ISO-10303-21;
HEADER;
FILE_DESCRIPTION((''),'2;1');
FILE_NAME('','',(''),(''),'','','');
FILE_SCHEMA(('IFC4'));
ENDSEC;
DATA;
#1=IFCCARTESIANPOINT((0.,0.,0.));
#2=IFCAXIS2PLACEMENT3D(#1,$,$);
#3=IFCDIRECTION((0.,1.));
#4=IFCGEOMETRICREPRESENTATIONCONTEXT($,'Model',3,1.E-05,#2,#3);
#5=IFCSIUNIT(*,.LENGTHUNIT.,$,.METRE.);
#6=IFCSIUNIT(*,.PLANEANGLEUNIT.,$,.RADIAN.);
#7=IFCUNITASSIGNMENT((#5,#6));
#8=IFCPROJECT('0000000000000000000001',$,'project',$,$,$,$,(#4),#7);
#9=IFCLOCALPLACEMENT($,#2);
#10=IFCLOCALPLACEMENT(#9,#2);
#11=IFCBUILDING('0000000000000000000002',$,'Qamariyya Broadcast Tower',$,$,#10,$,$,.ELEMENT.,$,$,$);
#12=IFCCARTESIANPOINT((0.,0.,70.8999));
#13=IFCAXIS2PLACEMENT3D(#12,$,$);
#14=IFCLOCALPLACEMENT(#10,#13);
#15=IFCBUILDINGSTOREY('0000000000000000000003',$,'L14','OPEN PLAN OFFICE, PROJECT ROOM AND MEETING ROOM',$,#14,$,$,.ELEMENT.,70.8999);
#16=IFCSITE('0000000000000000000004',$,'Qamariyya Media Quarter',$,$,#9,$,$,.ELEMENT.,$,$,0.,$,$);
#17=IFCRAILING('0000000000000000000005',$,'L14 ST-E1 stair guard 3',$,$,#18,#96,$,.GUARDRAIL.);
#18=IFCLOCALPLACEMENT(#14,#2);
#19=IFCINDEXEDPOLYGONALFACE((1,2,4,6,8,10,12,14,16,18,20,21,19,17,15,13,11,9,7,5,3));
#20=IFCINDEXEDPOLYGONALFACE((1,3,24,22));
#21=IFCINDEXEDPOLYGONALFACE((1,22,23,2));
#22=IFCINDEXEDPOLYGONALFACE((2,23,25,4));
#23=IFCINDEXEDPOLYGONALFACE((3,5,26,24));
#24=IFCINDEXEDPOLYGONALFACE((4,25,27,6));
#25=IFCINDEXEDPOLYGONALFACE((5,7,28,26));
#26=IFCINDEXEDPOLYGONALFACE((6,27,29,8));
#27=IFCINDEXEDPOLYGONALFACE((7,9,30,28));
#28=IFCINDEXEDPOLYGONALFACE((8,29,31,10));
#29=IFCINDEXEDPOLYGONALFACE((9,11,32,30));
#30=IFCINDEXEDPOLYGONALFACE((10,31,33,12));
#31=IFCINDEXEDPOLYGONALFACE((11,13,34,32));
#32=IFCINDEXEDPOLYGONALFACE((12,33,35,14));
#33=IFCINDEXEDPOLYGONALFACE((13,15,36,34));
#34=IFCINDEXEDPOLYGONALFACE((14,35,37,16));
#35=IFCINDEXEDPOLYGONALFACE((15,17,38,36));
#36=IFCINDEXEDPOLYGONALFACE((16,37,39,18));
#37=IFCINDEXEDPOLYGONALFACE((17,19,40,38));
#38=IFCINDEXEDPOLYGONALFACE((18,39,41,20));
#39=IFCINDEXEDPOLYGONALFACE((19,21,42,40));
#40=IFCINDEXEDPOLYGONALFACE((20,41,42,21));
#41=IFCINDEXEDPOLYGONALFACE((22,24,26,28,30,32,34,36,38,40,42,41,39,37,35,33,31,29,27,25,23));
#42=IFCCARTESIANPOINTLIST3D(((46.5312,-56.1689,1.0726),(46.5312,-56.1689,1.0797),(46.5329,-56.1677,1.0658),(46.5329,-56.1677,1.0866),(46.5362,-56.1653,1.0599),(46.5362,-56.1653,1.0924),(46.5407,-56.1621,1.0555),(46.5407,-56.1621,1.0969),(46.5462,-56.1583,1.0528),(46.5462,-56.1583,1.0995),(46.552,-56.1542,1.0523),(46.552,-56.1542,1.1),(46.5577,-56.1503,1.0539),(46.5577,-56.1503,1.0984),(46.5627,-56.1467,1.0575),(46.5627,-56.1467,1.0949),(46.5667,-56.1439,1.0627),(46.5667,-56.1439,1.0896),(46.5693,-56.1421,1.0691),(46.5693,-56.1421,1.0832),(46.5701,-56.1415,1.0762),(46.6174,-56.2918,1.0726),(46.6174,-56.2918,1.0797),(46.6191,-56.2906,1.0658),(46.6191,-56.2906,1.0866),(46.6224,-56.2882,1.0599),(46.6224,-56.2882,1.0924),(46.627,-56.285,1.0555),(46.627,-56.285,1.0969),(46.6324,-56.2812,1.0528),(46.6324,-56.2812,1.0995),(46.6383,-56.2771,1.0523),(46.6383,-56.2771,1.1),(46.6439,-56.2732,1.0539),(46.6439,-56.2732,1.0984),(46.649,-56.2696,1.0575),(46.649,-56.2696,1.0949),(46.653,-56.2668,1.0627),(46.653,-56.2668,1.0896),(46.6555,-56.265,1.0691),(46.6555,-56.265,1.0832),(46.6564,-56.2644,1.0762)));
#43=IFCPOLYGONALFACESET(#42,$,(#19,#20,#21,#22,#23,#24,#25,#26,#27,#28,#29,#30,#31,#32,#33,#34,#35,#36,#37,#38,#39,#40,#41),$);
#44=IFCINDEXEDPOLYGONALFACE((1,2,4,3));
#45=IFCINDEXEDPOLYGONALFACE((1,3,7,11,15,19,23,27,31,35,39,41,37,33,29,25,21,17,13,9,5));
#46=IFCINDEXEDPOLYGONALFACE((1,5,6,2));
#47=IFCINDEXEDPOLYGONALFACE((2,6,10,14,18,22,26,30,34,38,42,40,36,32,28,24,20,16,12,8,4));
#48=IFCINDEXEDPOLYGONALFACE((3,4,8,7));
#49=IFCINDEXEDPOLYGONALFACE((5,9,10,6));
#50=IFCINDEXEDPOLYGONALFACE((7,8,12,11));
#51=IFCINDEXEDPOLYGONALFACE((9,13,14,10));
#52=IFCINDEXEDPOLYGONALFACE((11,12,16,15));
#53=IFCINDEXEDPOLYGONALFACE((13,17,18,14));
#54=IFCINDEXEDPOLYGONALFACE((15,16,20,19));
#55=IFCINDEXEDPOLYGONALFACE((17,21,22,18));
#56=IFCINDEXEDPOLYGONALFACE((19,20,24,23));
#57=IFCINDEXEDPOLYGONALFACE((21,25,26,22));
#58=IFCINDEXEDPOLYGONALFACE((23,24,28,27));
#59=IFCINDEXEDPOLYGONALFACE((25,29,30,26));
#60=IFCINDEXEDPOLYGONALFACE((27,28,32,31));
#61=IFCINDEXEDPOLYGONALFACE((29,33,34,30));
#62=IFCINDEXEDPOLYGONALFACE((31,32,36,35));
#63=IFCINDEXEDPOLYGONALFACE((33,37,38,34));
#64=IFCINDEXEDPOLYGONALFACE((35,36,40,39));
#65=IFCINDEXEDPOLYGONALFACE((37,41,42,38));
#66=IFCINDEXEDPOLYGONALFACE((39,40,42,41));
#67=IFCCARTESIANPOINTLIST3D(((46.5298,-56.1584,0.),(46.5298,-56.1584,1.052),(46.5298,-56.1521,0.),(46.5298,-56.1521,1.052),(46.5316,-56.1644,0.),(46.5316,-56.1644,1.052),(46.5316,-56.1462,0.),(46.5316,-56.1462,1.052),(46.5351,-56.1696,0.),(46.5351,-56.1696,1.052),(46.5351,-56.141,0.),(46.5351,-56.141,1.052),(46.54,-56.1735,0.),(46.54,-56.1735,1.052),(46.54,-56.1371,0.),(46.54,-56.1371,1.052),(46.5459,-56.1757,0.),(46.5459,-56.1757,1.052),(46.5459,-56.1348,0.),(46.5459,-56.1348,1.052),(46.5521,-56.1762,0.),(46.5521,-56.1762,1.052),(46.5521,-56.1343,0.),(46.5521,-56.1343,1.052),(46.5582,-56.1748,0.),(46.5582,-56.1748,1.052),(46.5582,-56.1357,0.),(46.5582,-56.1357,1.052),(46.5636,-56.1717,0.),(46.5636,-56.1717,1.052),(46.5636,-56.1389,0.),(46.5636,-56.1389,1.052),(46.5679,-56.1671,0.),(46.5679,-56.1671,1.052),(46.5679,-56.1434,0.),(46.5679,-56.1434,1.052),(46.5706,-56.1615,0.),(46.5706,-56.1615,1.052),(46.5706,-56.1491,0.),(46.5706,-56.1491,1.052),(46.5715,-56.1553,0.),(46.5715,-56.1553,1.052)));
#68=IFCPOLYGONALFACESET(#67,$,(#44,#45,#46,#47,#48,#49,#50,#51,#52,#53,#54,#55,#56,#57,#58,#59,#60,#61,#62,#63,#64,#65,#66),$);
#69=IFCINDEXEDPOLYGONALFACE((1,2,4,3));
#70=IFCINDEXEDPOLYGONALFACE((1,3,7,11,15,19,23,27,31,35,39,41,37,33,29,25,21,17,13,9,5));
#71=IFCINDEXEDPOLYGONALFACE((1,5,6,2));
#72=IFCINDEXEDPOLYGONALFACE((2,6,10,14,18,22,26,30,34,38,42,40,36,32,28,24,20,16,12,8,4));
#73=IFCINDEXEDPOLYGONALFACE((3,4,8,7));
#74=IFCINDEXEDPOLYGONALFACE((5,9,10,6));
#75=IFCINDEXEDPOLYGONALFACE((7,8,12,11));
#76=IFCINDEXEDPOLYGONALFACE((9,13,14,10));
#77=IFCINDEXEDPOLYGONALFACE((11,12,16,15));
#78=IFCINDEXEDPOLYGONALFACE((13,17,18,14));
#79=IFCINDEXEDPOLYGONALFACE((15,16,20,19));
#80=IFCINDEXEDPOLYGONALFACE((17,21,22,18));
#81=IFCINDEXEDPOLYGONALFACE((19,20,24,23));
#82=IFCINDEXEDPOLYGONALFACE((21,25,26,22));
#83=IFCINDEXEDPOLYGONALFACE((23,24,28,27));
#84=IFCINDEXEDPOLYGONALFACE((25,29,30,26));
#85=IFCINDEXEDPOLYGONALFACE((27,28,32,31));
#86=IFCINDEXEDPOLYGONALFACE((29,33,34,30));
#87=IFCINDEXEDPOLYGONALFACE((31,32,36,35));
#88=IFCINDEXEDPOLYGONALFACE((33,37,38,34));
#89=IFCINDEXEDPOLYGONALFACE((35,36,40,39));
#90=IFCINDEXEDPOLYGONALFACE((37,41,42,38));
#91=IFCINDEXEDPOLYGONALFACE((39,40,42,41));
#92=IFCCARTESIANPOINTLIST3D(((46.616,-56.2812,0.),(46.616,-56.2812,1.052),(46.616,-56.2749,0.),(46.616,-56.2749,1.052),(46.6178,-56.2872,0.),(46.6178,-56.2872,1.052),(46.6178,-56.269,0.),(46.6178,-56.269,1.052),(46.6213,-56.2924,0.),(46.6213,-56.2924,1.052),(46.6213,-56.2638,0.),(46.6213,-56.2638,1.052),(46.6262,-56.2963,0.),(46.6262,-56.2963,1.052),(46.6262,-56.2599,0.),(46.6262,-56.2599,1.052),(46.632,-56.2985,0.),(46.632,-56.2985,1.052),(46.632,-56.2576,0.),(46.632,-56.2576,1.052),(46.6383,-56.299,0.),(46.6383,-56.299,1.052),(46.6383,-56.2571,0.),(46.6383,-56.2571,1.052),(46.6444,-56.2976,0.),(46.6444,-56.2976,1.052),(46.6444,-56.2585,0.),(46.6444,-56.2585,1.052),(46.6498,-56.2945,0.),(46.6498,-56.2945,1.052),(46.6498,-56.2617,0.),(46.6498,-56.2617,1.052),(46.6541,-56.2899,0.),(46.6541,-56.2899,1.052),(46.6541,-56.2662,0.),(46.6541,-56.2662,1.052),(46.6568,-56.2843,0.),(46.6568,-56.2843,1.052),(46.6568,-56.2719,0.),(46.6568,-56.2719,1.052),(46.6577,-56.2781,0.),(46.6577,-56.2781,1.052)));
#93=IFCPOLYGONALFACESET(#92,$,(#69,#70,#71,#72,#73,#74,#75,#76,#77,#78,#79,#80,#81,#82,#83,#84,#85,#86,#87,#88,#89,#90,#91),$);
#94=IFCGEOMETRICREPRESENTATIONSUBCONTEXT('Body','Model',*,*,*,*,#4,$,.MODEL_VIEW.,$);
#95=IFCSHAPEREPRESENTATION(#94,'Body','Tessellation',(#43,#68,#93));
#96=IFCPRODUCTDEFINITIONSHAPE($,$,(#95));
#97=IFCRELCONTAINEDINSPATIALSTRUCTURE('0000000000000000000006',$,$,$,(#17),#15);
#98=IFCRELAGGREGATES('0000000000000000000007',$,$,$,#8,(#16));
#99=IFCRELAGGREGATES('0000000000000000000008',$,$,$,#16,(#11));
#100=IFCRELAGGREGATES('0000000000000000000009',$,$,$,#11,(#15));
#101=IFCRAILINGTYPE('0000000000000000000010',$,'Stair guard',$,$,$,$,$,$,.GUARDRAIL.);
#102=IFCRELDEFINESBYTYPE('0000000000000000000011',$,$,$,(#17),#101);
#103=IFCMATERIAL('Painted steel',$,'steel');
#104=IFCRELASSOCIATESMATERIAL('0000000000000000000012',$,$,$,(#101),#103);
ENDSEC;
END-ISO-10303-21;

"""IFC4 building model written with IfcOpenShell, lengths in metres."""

from ifc_helpers import new_model, si_unit, direction, frame, origin, origin_2d, place, context, subcontext, project, spatial, circle, extrude, material, type_object, element, save


model = new_model("IFC4")

# Units and contexts
model_context = context("Model", 3, precision=1e-05, world=origin(), true_north=direction((0.0, 1.0)))
body_context = subcontext(model_context, "Body", "Model", "MODEL_VIEW")
ifc_project = project(units=[si_unit("LENGTHUNIT", "METRE"), si_unit("PLANEANGLEUNIT", "RADIAN")], contexts=[model_context])

# Site, building, storey
site_placement = place(None, origin())
site = spatial("IfcSite", under=ifc_project, at=site_placement, Name="Qamariyya Media Quarter", CompositionType="ELEMENT", RefElevation=0.0)
building_placement = place(site_placement, origin())
building = spatial("IfcBuilding", under=site, at=building_placement, Name="Qamariyya Broadcast Tower", CompositionType="ELEMENT")
storey_placement = place(building_placement, frame((0.0, 0.0, 70.8999)))
storey = spatial("IfcBuildingStorey", under=building, at=storey_placement, Name="L14", Description="OPEN PLAN OFFICE, PROJECT ROOM AND MEETING ROOM", CompositionType="ELEMENT", Elevation=70.8999)

# Railing
ifc_material_1 = material(Name="Painted steel", Category="steel")
railing_type_1 = type_object("IfcRailingType", Name="Stair guard", PredefinedType="GUARDRAIL", material=ifc_material_1)
railing_1_placement = place(storey_placement, frame((46.5505, -56.1553, 0.0)))
element("IfcRailing", 1, at=railing_1_placement, inside=storey, type_object=railing_type_1, Name="L14 ST-E1 stair guard 3", PredefinedType="GUARDRAIL", context=body_context, shape_type="SweptSolid", body=[
    extrude(circle(Radius=0.0239, at=origin_2d()), frame((0.0, 0.0, 1.0762), z_axis=(0.574445, -0.818543, 0.0), x_axis=(0.818543, 0.574445, 0.0)), (0.0, 0.0, 1.0), 0.1501),
    extrude(circle(Radius=0.021, at=origin_2d()), origin(), (0.0, 0.0, 1.0), 1.052),
    extrude(circle(Radius=0.021, at=origin_2d()), frame((0.0862, -0.1228, 0.0)), (0.0, 0.0, 1.0), 1.052),
])

save(model, "model.ifc")
